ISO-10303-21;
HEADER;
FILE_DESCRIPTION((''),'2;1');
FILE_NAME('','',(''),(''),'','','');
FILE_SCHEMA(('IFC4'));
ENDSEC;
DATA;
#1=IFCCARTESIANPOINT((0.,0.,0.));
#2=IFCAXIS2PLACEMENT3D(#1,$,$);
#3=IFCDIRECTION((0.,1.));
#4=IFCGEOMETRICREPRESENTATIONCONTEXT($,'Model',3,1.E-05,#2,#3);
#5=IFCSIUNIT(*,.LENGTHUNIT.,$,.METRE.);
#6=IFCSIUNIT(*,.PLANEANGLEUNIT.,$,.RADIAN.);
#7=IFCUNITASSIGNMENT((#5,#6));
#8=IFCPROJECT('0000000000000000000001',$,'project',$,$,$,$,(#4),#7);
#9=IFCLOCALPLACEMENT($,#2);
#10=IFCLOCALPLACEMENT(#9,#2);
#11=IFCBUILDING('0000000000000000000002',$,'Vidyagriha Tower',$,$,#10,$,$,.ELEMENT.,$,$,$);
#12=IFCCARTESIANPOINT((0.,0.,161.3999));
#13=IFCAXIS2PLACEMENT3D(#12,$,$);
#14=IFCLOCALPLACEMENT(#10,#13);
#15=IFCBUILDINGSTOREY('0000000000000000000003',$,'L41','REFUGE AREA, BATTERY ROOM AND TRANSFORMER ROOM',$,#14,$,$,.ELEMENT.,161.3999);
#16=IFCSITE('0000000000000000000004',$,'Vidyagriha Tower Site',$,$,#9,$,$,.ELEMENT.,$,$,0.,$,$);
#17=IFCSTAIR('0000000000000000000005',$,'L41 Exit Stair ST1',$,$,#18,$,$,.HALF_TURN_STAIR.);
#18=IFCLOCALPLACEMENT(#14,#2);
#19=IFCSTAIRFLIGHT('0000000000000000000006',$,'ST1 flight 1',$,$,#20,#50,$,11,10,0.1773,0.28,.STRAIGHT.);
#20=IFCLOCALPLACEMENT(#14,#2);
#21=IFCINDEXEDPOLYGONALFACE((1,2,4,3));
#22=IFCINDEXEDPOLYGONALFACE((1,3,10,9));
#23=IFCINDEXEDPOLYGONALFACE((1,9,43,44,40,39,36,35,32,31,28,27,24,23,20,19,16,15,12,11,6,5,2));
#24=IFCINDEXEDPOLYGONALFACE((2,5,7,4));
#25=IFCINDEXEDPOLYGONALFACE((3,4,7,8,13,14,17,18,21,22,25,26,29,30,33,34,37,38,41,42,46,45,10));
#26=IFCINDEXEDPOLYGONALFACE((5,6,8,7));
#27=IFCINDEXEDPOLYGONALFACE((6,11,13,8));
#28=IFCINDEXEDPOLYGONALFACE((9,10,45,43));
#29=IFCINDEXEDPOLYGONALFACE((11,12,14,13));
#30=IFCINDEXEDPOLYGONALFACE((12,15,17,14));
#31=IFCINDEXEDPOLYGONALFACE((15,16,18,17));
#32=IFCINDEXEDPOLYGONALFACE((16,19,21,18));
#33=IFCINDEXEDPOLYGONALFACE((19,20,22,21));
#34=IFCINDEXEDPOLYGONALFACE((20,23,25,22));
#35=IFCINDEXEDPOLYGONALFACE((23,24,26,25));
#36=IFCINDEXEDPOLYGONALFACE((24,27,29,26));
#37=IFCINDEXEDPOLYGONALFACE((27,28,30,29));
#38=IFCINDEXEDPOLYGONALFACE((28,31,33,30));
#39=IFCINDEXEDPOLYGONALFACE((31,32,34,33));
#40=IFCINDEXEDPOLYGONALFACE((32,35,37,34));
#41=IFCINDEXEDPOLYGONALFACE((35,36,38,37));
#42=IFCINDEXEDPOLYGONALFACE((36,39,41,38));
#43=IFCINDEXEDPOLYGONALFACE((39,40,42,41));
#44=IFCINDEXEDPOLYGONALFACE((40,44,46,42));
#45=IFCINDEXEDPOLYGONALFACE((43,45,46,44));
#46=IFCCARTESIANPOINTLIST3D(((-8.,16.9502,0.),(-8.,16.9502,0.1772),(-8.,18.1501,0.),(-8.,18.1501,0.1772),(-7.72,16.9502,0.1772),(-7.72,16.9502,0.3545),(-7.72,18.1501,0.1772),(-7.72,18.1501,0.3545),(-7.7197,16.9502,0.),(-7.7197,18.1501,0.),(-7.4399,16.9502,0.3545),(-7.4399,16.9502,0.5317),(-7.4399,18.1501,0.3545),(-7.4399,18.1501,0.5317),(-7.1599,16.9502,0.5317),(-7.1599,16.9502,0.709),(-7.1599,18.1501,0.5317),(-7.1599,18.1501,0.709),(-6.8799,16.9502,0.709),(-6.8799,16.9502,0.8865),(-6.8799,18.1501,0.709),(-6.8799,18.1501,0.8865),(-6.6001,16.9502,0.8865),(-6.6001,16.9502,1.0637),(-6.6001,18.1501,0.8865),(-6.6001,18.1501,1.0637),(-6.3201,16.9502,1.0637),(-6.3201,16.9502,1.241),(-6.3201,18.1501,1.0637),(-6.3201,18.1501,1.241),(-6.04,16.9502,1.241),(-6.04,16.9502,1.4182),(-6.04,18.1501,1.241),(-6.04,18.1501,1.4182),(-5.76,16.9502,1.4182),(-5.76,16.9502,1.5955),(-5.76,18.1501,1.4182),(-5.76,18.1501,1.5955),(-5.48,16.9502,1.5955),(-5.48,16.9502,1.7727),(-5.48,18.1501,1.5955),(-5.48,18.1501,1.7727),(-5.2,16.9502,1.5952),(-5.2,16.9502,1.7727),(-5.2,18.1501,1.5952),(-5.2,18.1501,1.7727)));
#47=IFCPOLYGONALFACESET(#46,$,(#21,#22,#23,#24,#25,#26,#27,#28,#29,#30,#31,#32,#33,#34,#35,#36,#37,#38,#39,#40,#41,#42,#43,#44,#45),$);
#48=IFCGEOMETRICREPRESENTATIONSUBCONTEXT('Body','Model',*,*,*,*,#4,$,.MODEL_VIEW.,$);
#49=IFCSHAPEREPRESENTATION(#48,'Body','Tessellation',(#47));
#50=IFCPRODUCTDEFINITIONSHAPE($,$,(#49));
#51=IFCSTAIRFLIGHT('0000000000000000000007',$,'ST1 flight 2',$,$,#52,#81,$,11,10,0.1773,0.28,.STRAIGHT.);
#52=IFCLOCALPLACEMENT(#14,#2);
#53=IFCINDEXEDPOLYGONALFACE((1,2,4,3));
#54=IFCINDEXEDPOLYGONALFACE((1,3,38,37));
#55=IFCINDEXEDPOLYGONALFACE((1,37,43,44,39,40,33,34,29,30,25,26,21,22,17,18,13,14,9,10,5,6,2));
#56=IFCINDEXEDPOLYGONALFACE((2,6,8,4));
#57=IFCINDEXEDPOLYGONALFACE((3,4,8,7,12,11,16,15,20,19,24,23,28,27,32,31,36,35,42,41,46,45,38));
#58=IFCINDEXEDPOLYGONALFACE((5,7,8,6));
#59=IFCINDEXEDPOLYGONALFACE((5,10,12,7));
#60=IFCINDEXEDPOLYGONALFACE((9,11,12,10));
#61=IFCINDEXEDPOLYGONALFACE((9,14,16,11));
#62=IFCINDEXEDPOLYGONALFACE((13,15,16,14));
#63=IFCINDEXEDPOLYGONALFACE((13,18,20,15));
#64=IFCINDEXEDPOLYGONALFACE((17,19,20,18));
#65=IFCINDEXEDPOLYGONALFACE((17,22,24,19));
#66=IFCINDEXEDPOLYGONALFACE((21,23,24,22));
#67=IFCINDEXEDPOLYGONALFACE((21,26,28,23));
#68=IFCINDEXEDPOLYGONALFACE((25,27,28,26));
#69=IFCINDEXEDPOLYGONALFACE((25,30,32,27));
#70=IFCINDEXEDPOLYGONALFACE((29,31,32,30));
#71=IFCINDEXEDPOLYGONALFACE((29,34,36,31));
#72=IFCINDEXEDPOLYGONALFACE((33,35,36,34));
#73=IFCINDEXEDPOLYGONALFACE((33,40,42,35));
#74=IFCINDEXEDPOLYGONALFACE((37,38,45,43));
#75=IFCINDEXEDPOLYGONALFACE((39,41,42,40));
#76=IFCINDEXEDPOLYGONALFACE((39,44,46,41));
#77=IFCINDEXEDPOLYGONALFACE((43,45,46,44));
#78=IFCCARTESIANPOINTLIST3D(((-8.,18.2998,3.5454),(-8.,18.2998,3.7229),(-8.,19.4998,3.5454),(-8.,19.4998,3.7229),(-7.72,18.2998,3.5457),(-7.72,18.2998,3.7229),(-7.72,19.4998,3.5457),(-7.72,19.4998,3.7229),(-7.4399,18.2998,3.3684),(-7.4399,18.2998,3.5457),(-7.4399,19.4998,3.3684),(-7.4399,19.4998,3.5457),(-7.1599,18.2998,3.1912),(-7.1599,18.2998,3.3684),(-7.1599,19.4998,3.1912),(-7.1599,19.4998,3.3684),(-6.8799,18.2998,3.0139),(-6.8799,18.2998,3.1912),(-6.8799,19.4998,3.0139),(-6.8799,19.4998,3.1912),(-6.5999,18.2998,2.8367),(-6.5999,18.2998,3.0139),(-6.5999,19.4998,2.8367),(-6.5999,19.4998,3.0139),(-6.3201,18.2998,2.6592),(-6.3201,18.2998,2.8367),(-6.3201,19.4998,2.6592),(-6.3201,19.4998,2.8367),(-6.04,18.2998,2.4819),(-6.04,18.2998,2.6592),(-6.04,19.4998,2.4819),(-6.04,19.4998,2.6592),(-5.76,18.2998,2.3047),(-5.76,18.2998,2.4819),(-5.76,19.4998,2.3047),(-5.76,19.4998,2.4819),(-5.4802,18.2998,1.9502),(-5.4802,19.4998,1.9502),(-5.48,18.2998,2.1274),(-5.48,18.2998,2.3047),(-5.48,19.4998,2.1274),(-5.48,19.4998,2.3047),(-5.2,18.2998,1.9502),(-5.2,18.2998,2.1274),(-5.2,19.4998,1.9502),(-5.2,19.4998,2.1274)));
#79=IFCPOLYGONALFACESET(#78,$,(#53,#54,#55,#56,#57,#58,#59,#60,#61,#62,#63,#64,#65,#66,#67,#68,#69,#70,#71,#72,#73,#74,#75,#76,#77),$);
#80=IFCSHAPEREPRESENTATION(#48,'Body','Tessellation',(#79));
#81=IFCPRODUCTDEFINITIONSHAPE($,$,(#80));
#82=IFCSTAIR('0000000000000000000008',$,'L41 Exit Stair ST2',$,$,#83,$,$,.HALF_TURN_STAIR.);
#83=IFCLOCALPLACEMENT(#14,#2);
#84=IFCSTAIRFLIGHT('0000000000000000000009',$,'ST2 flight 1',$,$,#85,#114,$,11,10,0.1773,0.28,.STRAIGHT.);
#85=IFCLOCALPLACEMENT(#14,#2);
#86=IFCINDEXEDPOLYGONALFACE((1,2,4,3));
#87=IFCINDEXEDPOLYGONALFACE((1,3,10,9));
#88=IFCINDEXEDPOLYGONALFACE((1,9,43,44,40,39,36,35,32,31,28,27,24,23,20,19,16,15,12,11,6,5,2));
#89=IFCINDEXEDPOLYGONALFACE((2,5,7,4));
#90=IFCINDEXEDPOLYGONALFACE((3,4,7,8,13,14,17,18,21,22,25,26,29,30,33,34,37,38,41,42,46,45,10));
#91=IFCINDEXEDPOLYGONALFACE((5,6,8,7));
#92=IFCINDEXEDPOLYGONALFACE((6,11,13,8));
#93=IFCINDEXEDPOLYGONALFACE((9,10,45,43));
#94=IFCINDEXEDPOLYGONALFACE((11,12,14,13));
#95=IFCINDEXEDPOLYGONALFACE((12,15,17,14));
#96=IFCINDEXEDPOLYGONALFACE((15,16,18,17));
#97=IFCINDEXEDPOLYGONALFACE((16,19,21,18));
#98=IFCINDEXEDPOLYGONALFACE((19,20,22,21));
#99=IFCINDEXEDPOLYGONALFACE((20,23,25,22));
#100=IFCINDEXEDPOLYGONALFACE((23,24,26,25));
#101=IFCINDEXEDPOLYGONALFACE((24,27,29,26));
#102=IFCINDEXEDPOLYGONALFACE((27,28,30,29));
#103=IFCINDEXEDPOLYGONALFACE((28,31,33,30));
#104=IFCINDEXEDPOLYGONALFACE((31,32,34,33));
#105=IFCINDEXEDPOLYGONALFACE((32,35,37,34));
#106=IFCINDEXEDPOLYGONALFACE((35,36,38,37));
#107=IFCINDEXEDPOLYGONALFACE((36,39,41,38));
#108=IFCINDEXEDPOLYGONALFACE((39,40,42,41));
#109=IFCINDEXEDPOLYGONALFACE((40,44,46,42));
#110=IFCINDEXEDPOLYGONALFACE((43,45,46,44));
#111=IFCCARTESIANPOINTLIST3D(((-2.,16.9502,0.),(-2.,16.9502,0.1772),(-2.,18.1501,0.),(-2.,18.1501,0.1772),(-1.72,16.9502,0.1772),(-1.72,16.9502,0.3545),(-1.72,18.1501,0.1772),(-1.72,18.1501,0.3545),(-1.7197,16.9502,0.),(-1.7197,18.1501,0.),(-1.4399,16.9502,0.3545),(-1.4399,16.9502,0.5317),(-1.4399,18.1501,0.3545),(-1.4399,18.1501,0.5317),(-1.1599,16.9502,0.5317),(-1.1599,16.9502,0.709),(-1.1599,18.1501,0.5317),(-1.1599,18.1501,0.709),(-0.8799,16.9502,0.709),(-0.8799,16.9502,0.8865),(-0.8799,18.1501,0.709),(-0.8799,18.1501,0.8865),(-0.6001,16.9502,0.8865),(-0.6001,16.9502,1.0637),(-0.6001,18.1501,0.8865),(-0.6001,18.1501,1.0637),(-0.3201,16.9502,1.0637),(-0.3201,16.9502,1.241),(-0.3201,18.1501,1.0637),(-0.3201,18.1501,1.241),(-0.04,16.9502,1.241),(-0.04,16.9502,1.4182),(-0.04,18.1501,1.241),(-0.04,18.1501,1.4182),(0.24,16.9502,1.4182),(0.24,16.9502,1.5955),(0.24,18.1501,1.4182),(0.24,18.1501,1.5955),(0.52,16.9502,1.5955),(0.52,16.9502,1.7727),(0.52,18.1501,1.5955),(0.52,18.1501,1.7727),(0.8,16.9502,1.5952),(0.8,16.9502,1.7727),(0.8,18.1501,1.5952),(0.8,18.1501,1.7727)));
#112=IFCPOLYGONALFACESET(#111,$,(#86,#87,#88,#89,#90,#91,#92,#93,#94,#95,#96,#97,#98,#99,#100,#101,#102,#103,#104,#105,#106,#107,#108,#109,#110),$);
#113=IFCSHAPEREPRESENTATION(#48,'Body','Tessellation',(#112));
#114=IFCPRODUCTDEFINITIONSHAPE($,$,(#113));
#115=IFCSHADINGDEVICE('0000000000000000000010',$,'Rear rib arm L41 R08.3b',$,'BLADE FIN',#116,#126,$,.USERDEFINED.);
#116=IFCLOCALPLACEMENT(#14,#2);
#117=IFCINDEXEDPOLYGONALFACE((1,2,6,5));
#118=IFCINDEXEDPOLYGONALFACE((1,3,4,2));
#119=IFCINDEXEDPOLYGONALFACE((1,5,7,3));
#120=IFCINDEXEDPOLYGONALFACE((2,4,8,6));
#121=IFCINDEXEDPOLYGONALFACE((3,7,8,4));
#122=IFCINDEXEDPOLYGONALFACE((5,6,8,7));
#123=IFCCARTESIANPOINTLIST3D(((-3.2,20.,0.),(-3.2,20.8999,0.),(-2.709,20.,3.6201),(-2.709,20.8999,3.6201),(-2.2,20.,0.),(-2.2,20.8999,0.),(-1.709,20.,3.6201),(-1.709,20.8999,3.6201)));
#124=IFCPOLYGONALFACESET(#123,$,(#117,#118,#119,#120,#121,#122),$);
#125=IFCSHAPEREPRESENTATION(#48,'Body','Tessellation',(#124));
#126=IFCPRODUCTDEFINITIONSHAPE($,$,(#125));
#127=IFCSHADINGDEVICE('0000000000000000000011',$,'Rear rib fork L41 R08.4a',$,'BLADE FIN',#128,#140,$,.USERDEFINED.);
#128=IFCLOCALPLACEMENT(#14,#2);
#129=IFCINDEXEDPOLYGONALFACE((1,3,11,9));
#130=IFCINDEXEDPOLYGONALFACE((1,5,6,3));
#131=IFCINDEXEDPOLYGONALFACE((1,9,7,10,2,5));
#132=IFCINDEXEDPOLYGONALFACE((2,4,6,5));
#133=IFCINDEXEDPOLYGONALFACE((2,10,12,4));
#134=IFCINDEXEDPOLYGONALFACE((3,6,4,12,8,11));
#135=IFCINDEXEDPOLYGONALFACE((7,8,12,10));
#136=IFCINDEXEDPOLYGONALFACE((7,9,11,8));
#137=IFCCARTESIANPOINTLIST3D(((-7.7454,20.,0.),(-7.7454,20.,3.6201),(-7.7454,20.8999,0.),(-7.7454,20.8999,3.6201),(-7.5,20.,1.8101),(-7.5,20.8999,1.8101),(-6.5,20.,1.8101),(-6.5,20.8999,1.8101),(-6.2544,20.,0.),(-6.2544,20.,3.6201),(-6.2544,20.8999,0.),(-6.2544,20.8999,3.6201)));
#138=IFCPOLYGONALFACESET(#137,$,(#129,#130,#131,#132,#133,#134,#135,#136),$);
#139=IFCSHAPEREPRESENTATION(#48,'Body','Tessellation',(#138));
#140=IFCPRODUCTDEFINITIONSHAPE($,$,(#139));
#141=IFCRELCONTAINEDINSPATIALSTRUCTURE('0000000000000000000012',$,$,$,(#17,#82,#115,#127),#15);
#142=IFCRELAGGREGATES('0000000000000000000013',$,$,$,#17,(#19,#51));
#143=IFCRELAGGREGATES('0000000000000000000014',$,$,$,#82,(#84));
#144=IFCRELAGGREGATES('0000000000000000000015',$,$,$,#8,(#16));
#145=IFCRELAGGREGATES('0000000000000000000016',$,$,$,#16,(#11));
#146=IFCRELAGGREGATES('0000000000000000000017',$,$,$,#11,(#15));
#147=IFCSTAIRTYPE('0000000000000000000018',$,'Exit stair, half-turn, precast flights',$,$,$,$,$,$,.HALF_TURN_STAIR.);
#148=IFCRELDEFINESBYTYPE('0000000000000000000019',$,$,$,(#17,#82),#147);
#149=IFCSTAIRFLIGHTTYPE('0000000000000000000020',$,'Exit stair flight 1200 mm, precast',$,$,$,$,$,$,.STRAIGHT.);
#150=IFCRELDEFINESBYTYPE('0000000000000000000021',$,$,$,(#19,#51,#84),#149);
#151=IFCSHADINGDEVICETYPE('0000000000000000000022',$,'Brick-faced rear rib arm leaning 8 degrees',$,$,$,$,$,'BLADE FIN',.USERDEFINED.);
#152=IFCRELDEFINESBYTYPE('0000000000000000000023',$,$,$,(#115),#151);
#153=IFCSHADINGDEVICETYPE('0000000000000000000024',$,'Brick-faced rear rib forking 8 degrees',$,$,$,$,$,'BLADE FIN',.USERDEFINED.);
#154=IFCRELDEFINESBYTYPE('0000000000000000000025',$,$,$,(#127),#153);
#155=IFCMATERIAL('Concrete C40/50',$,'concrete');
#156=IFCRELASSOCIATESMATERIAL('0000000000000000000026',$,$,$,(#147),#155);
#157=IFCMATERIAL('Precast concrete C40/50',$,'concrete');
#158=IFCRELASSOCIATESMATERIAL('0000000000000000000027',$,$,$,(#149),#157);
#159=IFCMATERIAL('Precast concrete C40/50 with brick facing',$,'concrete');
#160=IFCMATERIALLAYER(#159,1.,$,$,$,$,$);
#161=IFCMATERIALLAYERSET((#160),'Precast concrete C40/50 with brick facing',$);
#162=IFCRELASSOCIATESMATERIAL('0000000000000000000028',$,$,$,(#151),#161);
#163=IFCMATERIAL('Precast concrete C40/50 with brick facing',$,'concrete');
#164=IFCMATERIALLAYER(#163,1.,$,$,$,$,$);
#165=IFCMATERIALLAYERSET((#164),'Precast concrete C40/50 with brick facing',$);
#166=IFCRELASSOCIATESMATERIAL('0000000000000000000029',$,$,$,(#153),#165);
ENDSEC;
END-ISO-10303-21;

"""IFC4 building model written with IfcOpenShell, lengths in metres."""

from ifc_helpers import new_model, si_unit, direction, frame, origin, place, context, subcontext, project, spatial, polyline, outline, extrude, material, layer, layer_set, type_object, element, aggregate, save


model = new_model("IFC4")

# Units and contexts
model_context = context("Model", 3, precision=1e-05, world=origin(), true_north=direction((0.0, 1.0)))
body_context = subcontext(model_context, "Body", "Model", "MODEL_VIEW")
ifc_project = project(units=[si_unit("LENGTHUNIT", "METRE"), si_unit("PLANEANGLEUNIT", "RADIAN")], contexts=[model_context])

# Site, building, storey
site_placement = place(None, origin())
site = spatial("IfcSite", under=ifc_project, at=site_placement, Name="Vidyagriha Tower Site", CompositionType="ELEMENT", RefElevation=0.0)
building_placement = place(site_placement, origin())
building = spatial("IfcBuilding", under=site, at=building_placement, Name="Vidyagriha Tower", CompositionType="ELEMENT")
storey_placement = place(building_placement, frame((0.0, 0.0, 161.3999)))
storey = spatial("IfcBuildingStorey", under=building, at=storey_placement, Name="L41", Description="REFUGE AREA, BATTERY ROOM AND TRANSFORMER ROOM", CompositionType="ELEMENT", Elevation=161.3999)

# Stair, stair flights
ifc_material_1 = material(Name="Concrete C40/50", Category="concrete")
stair_type = type_object("IfcStairType", Name="Exit stair, half-turn, precast flights", PredefinedType="HALF_TURN_STAIR", material=ifc_material_1)
stair_1_placement = place(storey_placement, origin())
stair_1 = element("IfcStair", 1, at=stair_1_placement, inside=storey, type_object=stair_type, Name="L41 Exit Stair ST1", PredefinedType="HALF_TURN_STAIR")
ifc_material_2 = material(Name="Precast concrete C40/50", Category="concrete")
stair_flight_type = type_object("IfcStairFlightType", Name="Exit stair flight 1200 mm, precast", PredefinedType="STRAIGHT", material=ifc_material_2)
stair_flight_1_placement = place(storey_placement, frame((-8.0, 17.55, 0.0)))
stair_flight_1 = element("IfcStairFlight", 2, at=stair_flight_1_placement, type_object=stair_flight_type, Name="ST1 flight 1", NumberOfRisers=11, NumberOfTreads=10, PredefinedType="STRAIGHT", RiserHeight=0.1773, TreadLength=0.28, context=body_context, shape_type="SweptSolid", body=[
    extrude(outline(polyline([(0.0, 0.0), (0.0, 0.1772), (0.28, 0.1772), (0.28, 0.3545), (0.5601, 0.3545), (0.5601, 0.5317), (0.8401, 0.5317), (0.8401, 0.709), (1.1201, 0.709), (1.1201, 0.8865), (1.3999, 0.8865), (1.3999, 1.0637), (1.6799, 1.0637), (1.6799, 1.241), (1.96, 1.241), (1.96, 1.4182), (2.24, 1.4182), (2.24, 1.5955), (2.52, 1.5955), (2.52, 1.7727), (2.8, 1.7727), (2.8, 1.95), (2.8, 1.5952), (0.2803, 0.0), (0.0, 0.0)])), frame((0.0, 0.6001, 0.0), z_axis=(0.0, -1.0, 0.0), x_axis=(1.0, 0.0, 0.0)), (0.0, 0.0, 1.0), 1.2),
])
stair_flight_2_placement = place(storey_placement, frame((-5.2, 18.8999, 1.9502), z_axis=(0.0, 0.0, 1.0), x_axis=(-1.0, 0.0, 0.0)))
stair_flight_2 = element("IfcStairFlight", 3, at=stair_flight_2_placement, type_object=stair_flight_type, Name="ST1 flight 2", NumberOfRisers=11, NumberOfTreads=10, PredefinedType="STRAIGHT", RiserHeight=0.1773, TreadLength=0.28, context=body_context, shape_type="SweptSolid", body=[
    extrude(outline(polyline([(0.0, 0.0), (0.0, 0.1772), (0.28, 0.1772), (0.28, 0.3545), (0.5601, 0.3545), (0.5601, 0.5317), (0.8401, 0.5317), (0.8401, 0.709), (1.1201, 0.709), (1.1201, 0.8865), (1.3999, 0.8865), (1.3999, 1.0637), (1.6799, 1.0637), (1.6799, 1.241), (1.96, 1.241), (1.96, 1.4182), (2.24, 1.4182), (2.24, 1.5955), (2.52, 1.5955), (2.52, 1.7727), (2.8, 1.7727), (2.8, 1.95), (2.8, 1.5952), (0.2803, 0.0), (0.0, 0.0)])), frame((0.0, 0.6001, 0.0), z_axis=(0.0, -1.0, 0.0), x_axis=(1.0, 0.0, 0.0)), (0.0, 0.0, 1.0), 1.2),
])
aggregate(stair_1, [stair_flight_1, stair_flight_2])

# Stair, stair flight
stair_2_placement = place(storey_placement, origin())
stair_2 = element("IfcStair", 4, at=stair_2_placement, inside=storey, type_object=stair_type, Name="L41 Exit Stair ST2", PredefinedType="HALF_TURN_STAIR")
stair_flight_3_placement = place(storey_placement, frame((-2.0, 17.55, 0.0)))
stair_flight_3 = element("IfcStairFlight", 5, at=stair_flight_3_placement, type_object=stair_flight_type, Name="ST2 flight 1", NumberOfRisers=11, NumberOfTreads=10, PredefinedType="STRAIGHT", RiserHeight=0.1773, TreadLength=0.28, context=body_context, shape_type="SweptSolid", body=[
    extrude(outline(polyline([(0.0, 0.0), (0.0, 0.1772), (0.28, 0.1772), (0.28, 0.3545), (0.5601, 0.3545), (0.5601, 0.5317), (0.8401, 0.5317), (0.8401, 0.709), (1.1201, 0.709), (1.1201, 0.8865), (1.3999, 0.8865), (1.3999, 1.0637), (1.6799, 1.0637), (1.6799, 1.241), (1.96, 1.241), (1.96, 1.4182), (2.24, 1.4182), (2.24, 1.5955), (2.52, 1.5955), (2.52, 1.7727), (2.8, 1.7727), (2.8, 1.95), (2.8, 1.5952), (0.2803, 0.0), (0.0, 0.0)])), frame((0.0, 0.6001, 0.0), z_axis=(0.0, -1.0, 0.0), x_axis=(1.0, 0.0, 0.0)), (0.0, 0.0, 1.0), 1.2),
])
aggregate(stair_2, [stair_flight_3])

# Shading devices
ifc_material_3 = material(Name="Precast concrete C40/50 with brick facing", Category="concrete")
ifc_layer_1 = layer(ifc_material_3, 1.0)
ifc_layer_set_1 = layer_set([ifc_layer_1], Name="Precast concrete C40/50 with brick facing")
shading_device_type_1 = type_object("IfcShadingDeviceType", Name="Brick-faced rear rib arm leaning 8 degrees", ElementType="BLADE FIN", PredefinedType="USERDEFINED", material=ifc_layer_set_1)
shading_device_1_placement = place(storey_placement, frame((-1.709, 20.45, 0.0), z_axis=(0.0, 0.0, 1.0), x_axis=(-1.0, 0.0, 0.0)))
element("IfcShadingDevice", 6, at=shading_device_1_placement, inside=storey, type_object=shading_device_type_1, Name="Rear rib arm L41 R08.3b", ObjectType="BLADE FIN", PredefinedType="USERDEFINED", context=body_context, shape_type="SweptSolid", body=[
    extrude(outline(polyline([(0.491, 0.0), (1.491, 0.0), (1.0, 3.6201), (0.0, 3.6201), (0.491, 0.0)])), frame((0.0, 0.45, 0.0), z_axis=(0.0, -1.0, 0.0), x_axis=(1.0, 0.0, 0.0)), (0.0, 0.0, 1.0), 0.8999),
])
ifc_material_4 = material(Name="Precast concrete C40/50 with brick facing", Category="concrete")
ifc_layer_2 = layer(ifc_material_4, 1.0)
ifc_layer_set_2 = layer_set([ifc_layer_2], Name="Precast concrete C40/50 with brick facing")
shading_device_type_2 = type_object("IfcShadingDeviceType", Name="Brick-faced rear rib forking 8 degrees", ElementType="BLADE FIN", PredefinedType="USERDEFINED", material=ifc_layer_set_2)
shading_device_2_placement = place(storey_placement, frame((-6.2544, 20.45, 0.0), z_axis=(0.0, 0.0, 1.0), x_axis=(-1.0, 0.0, 0.0)))
element("IfcShadingDevice", 7, at=shading_device_2_placement, inside=storey, type_object=shading_device_type_2, Name="Rear rib fork L41 R08.4a", ObjectType="BLADE FIN", PredefinedType="USERDEFINED", context=body_context, shape_type="SweptSolid", body=[
    extrude(outline(polyline([(0.0, 0.0), (1.491, 0.0), (1.2456, 1.8101), (1.491, 3.6201), (0.0, 3.6201), (0.2456, 1.8101), (0.0, 0.0)])), frame((0.0, 0.45, 0.0), z_axis=(0.0, -1.0, 0.0), x_axis=(1.0, 0.0, 0.0)), (0.0, 0.0, 1.0), 0.8999),
])

save(model, "model.ifc")
